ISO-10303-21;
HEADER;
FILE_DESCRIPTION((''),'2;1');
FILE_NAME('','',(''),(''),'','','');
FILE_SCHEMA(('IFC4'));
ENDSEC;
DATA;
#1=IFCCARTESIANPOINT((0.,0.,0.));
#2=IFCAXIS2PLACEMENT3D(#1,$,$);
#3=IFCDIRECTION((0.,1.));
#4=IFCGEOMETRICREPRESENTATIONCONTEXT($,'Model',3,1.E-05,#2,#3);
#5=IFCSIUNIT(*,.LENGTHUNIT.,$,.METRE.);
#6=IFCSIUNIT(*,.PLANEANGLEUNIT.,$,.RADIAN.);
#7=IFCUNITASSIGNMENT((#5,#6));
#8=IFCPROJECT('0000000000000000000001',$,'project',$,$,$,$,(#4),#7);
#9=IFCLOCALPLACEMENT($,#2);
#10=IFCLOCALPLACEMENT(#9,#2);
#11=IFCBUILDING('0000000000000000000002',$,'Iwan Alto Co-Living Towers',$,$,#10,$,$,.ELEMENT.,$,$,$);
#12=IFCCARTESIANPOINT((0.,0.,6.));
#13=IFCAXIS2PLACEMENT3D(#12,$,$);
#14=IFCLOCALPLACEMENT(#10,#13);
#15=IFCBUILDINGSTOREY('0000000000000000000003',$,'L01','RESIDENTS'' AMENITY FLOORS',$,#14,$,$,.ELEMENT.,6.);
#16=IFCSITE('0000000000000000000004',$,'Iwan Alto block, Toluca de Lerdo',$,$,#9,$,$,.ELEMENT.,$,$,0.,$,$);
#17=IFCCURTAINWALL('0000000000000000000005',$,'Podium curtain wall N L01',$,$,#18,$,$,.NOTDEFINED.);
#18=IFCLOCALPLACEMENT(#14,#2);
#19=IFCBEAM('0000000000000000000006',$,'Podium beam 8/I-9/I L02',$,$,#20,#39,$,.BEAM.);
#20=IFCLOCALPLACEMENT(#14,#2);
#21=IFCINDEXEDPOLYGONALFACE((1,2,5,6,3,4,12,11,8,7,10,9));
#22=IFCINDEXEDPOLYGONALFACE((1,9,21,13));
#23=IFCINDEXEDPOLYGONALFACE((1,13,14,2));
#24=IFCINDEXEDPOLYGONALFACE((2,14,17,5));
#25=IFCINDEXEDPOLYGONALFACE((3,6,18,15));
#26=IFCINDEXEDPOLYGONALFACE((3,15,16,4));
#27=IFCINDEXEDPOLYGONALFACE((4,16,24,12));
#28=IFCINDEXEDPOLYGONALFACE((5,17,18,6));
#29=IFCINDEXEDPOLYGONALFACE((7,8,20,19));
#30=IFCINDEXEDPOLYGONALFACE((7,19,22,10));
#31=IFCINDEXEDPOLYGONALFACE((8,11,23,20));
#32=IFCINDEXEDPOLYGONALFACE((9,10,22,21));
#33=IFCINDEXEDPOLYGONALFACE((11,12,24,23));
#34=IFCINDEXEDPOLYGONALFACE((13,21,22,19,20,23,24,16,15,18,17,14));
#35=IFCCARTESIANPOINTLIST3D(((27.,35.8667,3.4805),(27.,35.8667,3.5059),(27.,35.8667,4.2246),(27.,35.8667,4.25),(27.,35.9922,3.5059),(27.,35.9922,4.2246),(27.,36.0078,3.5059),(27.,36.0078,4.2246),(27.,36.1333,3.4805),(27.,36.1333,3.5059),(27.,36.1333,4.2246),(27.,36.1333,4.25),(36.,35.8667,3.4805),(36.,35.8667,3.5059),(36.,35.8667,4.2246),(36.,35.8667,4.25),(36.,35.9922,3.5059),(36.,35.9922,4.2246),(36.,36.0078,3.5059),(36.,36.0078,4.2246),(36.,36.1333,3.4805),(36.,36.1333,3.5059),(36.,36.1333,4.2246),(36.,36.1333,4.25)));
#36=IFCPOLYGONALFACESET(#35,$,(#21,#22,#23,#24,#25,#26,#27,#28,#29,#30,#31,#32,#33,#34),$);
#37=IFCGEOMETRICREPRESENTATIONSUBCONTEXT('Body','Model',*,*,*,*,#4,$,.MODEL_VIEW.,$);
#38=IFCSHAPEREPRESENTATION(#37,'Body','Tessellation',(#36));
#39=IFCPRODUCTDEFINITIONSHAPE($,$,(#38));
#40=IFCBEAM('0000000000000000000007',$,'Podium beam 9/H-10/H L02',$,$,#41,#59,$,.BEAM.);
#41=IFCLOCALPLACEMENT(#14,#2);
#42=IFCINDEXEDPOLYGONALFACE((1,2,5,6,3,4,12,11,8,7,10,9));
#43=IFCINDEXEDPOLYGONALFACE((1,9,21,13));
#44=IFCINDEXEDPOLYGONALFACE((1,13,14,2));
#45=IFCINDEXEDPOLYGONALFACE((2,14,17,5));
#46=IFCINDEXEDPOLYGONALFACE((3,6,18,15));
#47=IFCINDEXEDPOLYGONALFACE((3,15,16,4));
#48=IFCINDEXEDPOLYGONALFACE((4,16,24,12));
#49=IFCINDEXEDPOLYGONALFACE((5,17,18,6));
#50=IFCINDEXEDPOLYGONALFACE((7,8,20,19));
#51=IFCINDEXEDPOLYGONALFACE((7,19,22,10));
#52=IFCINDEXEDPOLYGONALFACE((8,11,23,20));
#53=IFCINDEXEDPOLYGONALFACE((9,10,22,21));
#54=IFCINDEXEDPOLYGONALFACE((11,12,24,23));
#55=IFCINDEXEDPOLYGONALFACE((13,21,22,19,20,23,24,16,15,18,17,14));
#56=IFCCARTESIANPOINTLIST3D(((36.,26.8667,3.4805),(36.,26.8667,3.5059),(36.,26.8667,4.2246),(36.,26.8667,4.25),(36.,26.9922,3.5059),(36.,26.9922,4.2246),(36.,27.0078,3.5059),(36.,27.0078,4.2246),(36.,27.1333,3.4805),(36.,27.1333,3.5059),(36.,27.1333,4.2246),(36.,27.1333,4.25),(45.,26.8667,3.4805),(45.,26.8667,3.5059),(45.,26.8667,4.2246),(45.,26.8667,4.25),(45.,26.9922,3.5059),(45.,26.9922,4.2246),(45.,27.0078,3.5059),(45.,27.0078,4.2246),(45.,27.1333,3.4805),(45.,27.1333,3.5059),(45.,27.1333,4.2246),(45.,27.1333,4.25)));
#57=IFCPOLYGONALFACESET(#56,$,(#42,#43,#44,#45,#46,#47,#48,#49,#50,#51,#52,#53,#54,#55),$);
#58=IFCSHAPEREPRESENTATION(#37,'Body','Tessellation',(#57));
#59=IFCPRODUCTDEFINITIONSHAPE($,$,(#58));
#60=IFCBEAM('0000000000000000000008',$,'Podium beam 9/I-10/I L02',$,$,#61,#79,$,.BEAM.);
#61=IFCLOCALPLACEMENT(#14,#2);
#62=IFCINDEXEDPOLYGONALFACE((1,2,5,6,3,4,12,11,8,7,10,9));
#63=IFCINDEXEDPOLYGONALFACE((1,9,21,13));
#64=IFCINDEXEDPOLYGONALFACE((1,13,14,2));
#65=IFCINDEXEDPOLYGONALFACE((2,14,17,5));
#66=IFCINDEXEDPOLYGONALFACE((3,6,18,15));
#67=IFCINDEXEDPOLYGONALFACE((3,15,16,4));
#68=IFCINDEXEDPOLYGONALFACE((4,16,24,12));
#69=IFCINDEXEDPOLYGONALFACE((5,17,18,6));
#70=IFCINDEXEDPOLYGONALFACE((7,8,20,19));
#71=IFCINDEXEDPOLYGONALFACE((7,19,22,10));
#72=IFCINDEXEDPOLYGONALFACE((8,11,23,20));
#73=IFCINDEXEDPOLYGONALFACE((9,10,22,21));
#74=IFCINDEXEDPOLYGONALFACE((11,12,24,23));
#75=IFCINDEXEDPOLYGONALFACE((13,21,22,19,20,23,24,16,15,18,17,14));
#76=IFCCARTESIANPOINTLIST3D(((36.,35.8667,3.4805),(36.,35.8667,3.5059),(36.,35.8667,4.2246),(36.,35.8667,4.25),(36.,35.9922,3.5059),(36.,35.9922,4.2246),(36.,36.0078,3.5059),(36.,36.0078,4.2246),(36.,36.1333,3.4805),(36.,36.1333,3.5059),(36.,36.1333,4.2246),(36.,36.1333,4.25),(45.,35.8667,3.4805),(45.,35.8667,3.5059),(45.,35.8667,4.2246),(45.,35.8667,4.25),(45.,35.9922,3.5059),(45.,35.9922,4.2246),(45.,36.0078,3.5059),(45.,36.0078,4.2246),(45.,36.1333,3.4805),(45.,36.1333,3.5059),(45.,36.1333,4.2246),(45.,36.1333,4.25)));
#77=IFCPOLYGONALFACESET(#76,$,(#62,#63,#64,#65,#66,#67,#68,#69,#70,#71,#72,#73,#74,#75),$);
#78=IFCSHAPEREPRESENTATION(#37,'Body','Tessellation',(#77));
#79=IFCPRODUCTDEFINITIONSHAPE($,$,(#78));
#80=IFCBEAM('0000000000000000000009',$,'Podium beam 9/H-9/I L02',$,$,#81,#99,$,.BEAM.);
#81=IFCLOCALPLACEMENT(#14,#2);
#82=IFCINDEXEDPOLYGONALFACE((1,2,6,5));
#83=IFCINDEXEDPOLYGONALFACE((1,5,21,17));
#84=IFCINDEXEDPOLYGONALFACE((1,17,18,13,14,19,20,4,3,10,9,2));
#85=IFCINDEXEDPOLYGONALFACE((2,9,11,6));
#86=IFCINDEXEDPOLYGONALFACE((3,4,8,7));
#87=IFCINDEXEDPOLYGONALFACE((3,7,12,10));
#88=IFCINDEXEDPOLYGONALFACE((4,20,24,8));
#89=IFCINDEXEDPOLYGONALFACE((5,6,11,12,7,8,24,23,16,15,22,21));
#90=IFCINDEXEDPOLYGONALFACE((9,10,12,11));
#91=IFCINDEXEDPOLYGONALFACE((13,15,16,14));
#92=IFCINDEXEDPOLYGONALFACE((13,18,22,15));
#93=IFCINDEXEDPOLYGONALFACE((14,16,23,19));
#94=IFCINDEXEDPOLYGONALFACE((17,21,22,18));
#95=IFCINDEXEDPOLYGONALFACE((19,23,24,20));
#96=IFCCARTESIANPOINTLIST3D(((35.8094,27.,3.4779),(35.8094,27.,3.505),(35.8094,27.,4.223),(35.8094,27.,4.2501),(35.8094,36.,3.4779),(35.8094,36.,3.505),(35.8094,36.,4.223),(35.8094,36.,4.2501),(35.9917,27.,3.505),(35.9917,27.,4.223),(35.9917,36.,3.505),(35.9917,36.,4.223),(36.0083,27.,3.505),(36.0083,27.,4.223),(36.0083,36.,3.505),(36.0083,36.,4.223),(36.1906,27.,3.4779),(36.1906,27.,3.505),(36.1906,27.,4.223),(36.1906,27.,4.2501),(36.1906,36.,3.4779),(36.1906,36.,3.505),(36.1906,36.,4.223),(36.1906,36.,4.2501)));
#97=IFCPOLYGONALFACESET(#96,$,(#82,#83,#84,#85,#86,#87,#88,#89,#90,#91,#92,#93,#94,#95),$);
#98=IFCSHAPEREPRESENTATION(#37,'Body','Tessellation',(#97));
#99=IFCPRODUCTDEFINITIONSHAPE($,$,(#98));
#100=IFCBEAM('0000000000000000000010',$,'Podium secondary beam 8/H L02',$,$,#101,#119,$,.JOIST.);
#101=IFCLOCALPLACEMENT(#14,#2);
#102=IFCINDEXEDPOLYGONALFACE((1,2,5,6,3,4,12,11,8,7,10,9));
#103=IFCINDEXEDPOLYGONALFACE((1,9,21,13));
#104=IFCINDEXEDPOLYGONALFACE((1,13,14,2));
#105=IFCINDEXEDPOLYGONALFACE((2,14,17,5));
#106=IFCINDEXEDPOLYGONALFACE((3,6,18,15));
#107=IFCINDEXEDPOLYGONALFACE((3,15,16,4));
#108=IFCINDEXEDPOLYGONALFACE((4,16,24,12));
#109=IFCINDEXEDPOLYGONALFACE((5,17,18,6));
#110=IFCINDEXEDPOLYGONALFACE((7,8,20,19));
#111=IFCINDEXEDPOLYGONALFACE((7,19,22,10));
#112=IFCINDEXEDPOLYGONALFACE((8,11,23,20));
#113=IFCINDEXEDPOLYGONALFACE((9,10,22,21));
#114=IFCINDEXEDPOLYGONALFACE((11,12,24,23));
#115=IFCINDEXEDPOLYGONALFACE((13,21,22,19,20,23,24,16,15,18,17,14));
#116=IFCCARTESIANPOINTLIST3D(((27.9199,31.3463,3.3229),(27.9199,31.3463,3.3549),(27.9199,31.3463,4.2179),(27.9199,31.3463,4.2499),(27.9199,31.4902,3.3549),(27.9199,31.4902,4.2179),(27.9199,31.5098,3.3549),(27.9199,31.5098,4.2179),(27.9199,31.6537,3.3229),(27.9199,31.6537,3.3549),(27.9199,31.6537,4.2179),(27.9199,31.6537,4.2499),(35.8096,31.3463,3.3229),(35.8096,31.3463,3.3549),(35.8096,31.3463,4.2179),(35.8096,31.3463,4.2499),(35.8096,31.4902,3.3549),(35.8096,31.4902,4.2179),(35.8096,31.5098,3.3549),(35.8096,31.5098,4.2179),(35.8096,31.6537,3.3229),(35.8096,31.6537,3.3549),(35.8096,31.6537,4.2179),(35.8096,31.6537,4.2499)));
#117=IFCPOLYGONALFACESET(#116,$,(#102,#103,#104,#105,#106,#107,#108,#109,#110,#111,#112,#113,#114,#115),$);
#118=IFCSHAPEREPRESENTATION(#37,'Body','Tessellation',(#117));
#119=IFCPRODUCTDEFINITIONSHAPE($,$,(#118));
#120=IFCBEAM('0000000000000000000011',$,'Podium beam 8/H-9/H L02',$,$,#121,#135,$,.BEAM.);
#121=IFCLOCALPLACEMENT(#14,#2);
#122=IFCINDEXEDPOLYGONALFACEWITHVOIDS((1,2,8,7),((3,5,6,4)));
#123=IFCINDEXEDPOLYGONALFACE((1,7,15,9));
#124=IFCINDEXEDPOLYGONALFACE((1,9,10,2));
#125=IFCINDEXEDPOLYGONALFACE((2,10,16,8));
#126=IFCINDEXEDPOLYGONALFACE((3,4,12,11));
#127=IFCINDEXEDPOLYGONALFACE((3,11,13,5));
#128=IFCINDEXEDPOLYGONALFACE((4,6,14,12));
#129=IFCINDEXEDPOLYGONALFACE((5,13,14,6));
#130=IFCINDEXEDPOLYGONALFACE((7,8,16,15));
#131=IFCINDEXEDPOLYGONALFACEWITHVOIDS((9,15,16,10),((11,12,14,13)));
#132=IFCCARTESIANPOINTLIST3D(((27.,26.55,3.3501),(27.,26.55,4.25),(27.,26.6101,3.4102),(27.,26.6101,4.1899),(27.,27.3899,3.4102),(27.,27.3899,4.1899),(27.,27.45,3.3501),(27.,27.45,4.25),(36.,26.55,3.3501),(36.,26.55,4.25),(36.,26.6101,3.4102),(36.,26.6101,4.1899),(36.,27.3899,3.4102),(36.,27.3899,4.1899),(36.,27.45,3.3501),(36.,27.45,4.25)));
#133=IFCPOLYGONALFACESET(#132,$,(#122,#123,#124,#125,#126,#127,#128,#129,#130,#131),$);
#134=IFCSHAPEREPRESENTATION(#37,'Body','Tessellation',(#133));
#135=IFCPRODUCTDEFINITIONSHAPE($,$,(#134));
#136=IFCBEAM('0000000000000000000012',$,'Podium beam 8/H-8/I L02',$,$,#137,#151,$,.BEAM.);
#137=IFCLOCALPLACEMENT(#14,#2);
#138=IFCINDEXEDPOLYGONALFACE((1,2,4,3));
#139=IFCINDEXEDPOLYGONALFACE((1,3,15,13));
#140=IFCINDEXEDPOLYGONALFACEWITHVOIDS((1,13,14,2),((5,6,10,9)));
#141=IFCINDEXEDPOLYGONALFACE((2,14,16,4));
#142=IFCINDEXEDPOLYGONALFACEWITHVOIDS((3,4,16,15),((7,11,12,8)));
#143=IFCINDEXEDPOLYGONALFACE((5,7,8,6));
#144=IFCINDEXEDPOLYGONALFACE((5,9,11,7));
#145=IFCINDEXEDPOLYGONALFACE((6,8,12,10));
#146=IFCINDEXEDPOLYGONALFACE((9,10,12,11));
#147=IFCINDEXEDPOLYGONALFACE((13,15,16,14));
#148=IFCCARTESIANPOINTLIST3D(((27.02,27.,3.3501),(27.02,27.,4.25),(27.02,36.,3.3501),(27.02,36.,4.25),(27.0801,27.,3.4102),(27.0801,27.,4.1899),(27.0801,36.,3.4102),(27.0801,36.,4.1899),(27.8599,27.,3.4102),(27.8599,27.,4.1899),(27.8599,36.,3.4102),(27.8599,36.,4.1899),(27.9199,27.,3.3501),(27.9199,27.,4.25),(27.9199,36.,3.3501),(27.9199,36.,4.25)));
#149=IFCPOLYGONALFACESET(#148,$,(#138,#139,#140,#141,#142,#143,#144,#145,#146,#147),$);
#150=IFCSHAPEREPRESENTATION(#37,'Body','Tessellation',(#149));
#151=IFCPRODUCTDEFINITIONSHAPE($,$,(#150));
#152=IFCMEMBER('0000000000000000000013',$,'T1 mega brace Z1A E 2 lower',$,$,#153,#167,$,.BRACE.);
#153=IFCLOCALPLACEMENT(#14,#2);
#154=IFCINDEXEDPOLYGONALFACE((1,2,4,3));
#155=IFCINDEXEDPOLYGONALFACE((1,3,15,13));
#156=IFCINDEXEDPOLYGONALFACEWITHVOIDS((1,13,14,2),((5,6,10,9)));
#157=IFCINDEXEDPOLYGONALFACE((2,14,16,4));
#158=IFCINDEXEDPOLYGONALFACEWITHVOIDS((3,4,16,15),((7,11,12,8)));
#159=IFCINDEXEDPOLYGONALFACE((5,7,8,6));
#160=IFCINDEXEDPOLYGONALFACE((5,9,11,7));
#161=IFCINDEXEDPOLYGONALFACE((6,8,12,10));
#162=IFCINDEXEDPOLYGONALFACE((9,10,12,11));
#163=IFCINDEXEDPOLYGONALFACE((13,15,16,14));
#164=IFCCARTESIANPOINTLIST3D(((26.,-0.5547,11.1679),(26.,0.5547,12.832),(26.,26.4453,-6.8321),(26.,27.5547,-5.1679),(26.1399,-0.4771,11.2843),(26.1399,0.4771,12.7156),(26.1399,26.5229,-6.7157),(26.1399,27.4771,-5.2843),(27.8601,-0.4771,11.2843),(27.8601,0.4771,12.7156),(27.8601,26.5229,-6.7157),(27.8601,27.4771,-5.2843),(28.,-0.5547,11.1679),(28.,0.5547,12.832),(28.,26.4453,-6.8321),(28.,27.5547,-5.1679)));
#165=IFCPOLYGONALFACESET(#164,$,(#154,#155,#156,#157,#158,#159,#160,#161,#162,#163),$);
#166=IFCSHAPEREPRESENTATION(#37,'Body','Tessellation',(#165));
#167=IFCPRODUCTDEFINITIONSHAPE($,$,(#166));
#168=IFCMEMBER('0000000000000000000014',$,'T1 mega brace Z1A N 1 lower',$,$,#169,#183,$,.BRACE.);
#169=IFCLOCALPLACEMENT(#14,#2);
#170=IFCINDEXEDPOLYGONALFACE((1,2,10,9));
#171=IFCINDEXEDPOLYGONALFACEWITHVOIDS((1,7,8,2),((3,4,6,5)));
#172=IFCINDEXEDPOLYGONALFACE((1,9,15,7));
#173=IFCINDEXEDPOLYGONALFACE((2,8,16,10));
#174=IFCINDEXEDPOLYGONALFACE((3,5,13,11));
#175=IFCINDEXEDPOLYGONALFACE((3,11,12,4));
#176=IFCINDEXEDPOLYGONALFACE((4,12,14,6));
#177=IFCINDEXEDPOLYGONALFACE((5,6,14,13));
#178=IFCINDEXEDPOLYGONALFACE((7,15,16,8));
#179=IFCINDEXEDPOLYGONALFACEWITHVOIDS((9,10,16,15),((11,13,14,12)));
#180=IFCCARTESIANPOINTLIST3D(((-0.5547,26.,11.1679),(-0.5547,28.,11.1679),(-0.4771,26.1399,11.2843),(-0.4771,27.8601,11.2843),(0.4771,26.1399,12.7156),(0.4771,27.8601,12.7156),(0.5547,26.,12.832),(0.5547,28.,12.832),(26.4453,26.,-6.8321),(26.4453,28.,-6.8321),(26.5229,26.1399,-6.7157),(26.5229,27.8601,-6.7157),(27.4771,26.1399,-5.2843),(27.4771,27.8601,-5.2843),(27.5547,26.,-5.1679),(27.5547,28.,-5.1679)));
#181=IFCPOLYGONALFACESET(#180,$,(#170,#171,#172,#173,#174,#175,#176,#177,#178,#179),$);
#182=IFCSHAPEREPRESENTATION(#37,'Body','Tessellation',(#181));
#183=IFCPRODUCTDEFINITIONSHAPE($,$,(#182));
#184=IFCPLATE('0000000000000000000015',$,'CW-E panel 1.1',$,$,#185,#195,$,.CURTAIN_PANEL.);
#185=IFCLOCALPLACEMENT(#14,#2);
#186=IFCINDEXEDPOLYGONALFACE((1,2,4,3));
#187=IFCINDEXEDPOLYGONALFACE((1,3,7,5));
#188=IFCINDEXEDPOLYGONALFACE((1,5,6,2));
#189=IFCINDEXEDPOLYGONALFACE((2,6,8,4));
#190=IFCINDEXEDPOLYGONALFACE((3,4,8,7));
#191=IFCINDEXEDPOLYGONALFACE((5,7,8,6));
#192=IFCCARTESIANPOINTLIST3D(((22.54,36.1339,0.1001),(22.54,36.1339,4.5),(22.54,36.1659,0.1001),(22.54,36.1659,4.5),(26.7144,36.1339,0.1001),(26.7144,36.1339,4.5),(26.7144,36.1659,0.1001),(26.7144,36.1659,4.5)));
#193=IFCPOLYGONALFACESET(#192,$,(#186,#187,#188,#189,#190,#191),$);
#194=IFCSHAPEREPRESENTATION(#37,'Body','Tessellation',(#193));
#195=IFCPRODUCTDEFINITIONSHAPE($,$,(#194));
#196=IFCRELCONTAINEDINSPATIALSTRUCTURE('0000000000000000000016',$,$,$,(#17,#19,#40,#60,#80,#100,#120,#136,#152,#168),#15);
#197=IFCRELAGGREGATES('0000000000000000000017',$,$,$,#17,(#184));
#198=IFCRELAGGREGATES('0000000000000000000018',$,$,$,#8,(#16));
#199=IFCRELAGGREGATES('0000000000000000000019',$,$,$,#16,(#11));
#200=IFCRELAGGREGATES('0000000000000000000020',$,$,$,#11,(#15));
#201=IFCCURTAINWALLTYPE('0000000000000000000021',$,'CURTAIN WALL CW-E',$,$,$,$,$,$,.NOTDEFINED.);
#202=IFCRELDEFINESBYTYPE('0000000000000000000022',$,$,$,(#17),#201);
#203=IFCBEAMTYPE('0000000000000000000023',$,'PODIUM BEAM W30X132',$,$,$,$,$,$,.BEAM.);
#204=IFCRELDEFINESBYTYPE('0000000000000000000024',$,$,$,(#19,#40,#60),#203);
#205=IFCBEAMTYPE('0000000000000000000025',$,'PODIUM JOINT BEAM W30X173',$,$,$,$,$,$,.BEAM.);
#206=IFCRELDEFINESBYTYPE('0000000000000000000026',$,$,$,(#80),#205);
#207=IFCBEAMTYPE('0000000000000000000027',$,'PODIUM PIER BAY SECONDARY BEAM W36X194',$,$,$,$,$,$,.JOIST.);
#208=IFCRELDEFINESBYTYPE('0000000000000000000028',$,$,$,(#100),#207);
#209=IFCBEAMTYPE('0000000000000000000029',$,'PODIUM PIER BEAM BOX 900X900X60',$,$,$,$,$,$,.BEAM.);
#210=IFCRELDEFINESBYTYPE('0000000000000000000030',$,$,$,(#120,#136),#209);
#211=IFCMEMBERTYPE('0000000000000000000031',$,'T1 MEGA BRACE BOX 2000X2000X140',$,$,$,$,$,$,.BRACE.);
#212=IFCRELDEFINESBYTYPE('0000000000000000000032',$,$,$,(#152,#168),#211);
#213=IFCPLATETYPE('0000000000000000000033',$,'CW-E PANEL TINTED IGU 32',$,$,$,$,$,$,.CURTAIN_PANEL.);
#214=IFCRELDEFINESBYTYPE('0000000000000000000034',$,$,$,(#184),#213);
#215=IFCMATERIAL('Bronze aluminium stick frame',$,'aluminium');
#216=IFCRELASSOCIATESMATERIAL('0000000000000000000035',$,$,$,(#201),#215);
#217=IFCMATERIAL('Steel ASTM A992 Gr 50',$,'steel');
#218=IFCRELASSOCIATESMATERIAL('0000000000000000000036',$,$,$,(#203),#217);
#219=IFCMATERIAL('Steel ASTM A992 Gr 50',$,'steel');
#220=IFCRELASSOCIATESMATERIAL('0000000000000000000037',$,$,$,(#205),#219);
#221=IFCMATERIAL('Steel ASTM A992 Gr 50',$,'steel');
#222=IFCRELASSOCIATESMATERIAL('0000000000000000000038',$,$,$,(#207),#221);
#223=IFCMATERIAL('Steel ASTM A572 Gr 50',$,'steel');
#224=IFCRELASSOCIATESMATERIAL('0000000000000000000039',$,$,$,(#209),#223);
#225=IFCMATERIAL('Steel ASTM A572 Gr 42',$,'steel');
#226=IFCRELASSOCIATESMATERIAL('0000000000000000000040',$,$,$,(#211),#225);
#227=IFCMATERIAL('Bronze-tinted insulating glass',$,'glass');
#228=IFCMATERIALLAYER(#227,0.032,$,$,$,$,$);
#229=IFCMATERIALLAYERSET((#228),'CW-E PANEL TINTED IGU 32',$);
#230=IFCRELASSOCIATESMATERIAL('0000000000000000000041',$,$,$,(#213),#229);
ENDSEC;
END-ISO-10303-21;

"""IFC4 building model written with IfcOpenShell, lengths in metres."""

from ifc_helpers import new_model, si_unit, direction, frame, origin, origin_2d, place, context, subcontext, project, spatial, rectangle, hollow_rectangle, i_section, extrude, material, layer, layer_set, material_profile, profile_set, type_object, element, aggregate, save


model = new_model("IFC4")

# Units and contexts
model_context = context("Model", 3, precision=1e-05, world=origin(), true_north=direction((0.0, 1.0)))
body_context = subcontext(model_context, "Body", "Model", "MODEL_VIEW")
ifc_project = project(units=[si_unit("LENGTHUNIT", "METRE"), si_unit("PLANEANGLEUNIT", "RADIAN")], contexts=[model_context])

# Site, building, storey
site_placement = place(None, origin())
site = spatial("IfcSite", under=ifc_project, at=site_placement, Name="Iwan Alto block, Toluca de Lerdo", CompositionType="ELEMENT", RefElevation=0.0)
building_placement = place(site_placement, origin())
building = spatial("IfcBuilding", under=site, at=building_placement, Name="Iwan Alto Co-Living Towers", CompositionType="ELEMENT")
storey_placement = place(building_placement, frame((0.0, 0.0, 6.0)))
storey = spatial("IfcBuildingStorey", under=building, at=storey_placement, Name="L01", Description="RESIDENTS' AMENITY FLOORS", CompositionType="ELEMENT", Elevation=6.0)

# Curtain wall
ifc_material_1 = material(Name="Bronze aluminium stick frame", Category="aluminium")
curtain_wall_type = type_object("IfcCurtainWallType", Name="CURTAIN WALL CW-E", PredefinedType="NOTDEFINED", material=ifc_material_1)
curtain_wall_1_placement = place(storey_placement, origin())
curtain_wall_1 = element("IfcCurtainWall", 1, at=curtain_wall_1_placement, inside=storey, type_object=curtain_wall_type, Name="Podium curtain wall N L01", PredefinedType="NOTDEFINED")

# Beams
ifc_material_2 = material(Name="Steel ASTM A992 Gr 50", Category="steel")
ifc_material_profile_1 = material_profile(ifc_material_2, i_section(OverallWidth=0.2666, OverallDepth=0.7695, WebThickness=0.0156, FlangeThickness=0.0254, at=origin_2d()), Name="W30X132")
ifc_profile_set_1 = profile_set([ifc_material_profile_1], Name="Steel ASTM A992 Gr 50")
beam_type_1 = type_object("IfcBeamType", Name="PODIUM BEAM W30X132", PredefinedType="BEAM", material=ifc_profile_set_1)
for number, where, z_axis, x_axis, name in (
    (2, (27.0, 36.0, 3.8652), (1.0, 0.0, 0.0), (0.0, 1.0, 0.0), "Podium beam 8/I-9/I L02"),
    (3, (36.0, 27.0, 3.8652), (1.0, 0.0, 0.0), (0.0, 1.0, 0.0), "Podium beam 9/H-10/H L02"),
    (4, (36.0, 36.0, 3.8652), (1.0, 0.0, 0.0), (0.0, 1.0, 0.0), "Podium beam 9/I-10/I L02"),
):
    element("IfcBeam", number, at=place(storey_placement, frame(where, z_axis=z_axis, x_axis=x_axis)), inside=storey, type_object=beam_type_1, Name=name, PredefinedType="BEAM", context=body_context, shape_type="SweptSolid", body=[
        extrude(i_section(OverallWidth=0.2666, OverallDepth=0.7695, WebThickness=0.0156, FlangeThickness=0.0254, at=origin_2d()), origin(), (0.0, 0.0, 1.0), 9.0),
    ])
ifc_material_3 = material(Name="Steel ASTM A992 Gr 50", Category="steel")
ifc_material_profile_2 = material_profile(ifc_material_3, i_section(OverallWidth=0.3811, OverallDepth=0.7722, WebThickness=0.0166, FlangeThickness=0.0271, at=origin_2d()), Name="W30X173")
ifc_profile_set_2 = profile_set([ifc_material_profile_2], Name="Steel ASTM A992 Gr 50")
beam_type_2 = type_object("IfcBeamType", Name="PODIUM JOINT BEAM W30X173", PredefinedType="BEAM", material=ifc_profile_set_2)
beam_1_placement = place(storey_placement, frame((36.0, 27.0, 3.864), z_axis=(0.0, 1.0, 0.0), x_axis=(-1.0, 0.0, 0.0)))
element("IfcBeam", 5, at=beam_1_placement, inside=storey, type_object=beam_type_2, Name="Podium beam 9/H-9/I L02", PredefinedType="BEAM", context=body_context, shape_type="SweptSolid", body=[
    extrude(i_section(OverallWidth=0.3811, OverallDepth=0.7722, WebThickness=0.0166, FlangeThickness=0.0271, at=origin_2d()), origin(), (0.0, 0.0, 1.0), 9.0),
])
ifc_material_4 = material(Name="Steel ASTM A992 Gr 50", Category="steel")
ifc_material_profile_3 = material_profile(ifc_material_4, i_section(OverallWidth=0.3074, OverallDepth=0.927, WebThickness=0.0195, FlangeThickness=0.032, at=origin_2d()), Name="W36X194")
ifc_profile_set_3 = profile_set([ifc_material_profile_3], Name="Steel ASTM A992 Gr 50")
beam_type_3 = type_object("IfcBeamType", Name="PODIUM PIER BAY SECONDARY BEAM W36X194", PredefinedType="JOIST", material=ifc_profile_set_3)
beam_2_placement = place(storey_placement, frame((27.9199, 31.5, 3.7864), z_axis=(1.0, 0.0, 0.0), x_axis=(0.0, 1.0, 0.0)))
element("IfcBeam", 6, at=beam_2_placement, inside=storey, type_object=beam_type_3, Name="Podium secondary beam 8/H L02", PredefinedType="JOIST", context=body_context, shape_type="SweptSolid", body=[
    extrude(i_section(OverallWidth=0.3074, OverallDepth=0.927, WebThickness=0.0195, FlangeThickness=0.032, at=origin_2d()), origin(), (0.0, 0.0, 1.0), 7.8896),
])
ifc_material_5 = material(Name="Steel ASTM A572 Gr 50", Category="steel")
ifc_material_profile_4 = material_profile(ifc_material_5, hollow_rectangle(XDim=0.8999, YDim=0.8999, WallThickness=0.0601, at=origin_2d()), Name="BOX 900X900X60")
ifc_profile_set_4 = profile_set([ifc_material_profile_4], Name="Steel ASTM A572 Gr 50")
beam_type_4 = type_object("IfcBeamType", Name="PODIUM PIER BEAM BOX 900X900X60", PredefinedType="BEAM", material=ifc_profile_set_4)
for number, where, z_axis, x_axis, name in (
    (7, (27.0, 27.0, 3.8), (1.0, 0.0, 0.0), (0.0, 1.0, 0.0), "Podium beam 8/H-9/H L02"),
    (8, (27.47, 27.0, 3.8), (0.0, 1.0, 0.0), (-1.0, 0.0, 0.0), "Podium beam 8/H-8/I L02"),
):
    element("IfcBeam", number, at=place(storey_placement, frame(where, z_axis=z_axis, x_axis=x_axis)), inside=storey, type_object=beam_type_4, Name=name, PredefinedType="BEAM", context=body_context, shape_type="SweptSolid", body=[
        extrude(hollow_rectangle(XDim=0.8999, YDim=0.8999, WallThickness=0.0601, at=origin_2d()), origin(), (0.0, 0.0, 1.0), 9.0),
    ])

# Members
ifc_material_6 = material(Name="Steel ASTM A572 Gr 42", Category="steel")
ifc_material_profile_5 = material_profile(ifc_material_6, hollow_rectangle(XDim=2.0, YDim=2.0, WallThickness=0.1399, at=origin_2d()), Name="BOX 2000X2000X140")
ifc_profile_set_5 = profile_set([ifc_material_profile_5], Name="Steel ASTM A572 Gr 42")
member_type_1 = type_object("IfcMemberType", Name="T1 MEGA BRACE BOX 2000X2000X140", PredefinedType="BRACE", material=ifc_profile_set_5)
for number, where, z_axis, x_axis, name in (
    (9, (27.0, 27.0, -6.0), (0.0, -0.83205, 0.5547), (1.0, 0.0, 0.0), "T1 mega brace Z1A E 2 lower"),
    (10, (27.0, 27.0, -6.0), (-0.83205, 0.0, 0.5547), (0.0, -1.0, 0.0), "T1 mega brace Z1A N 1 lower"),
):
    element("IfcMember", number, at=place(storey_placement, frame(where, z_axis=z_axis, x_axis=x_axis)), inside=storey, type_object=member_type_1, Name=name, PredefinedType="BRACE", context=body_context, shape_type="SweptSolid", body=[
        extrude(hollow_rectangle(XDim=2.0, YDim=2.0, WallThickness=0.1399, at=origin_2d()), origin(), (0.0, 0.0, 1.0), 32.45),
    ])

# Plate
ifc_material_7 = material(Name="Bronze-tinted insulating glass", Category="glass")
ifc_layer_1 = layer(ifc_material_7, 0.032)
ifc_layer_set_1 = layer_set([ifc_layer_1], Name="CW-E PANEL TINTED IGU 32")
plate_type = type_object("IfcPlateType", Name="CW-E PANEL TINTED IGU 32", PredefinedType="CURTAIN_PANEL", material=ifc_layer_set_1)
plate_1_placement = place(storey_placement, frame((24.6272, 36.1499, 0.1001), z_axis=(0.0, 0.0, 1.0), x_axis=(-1.0, 0.0, 0.0)))
plate_1 = element("IfcPlate", 11, at=plate_1_placement, type_object=plate_type, Name="CW-E panel 1.1", PredefinedType="CURTAIN_PANEL", context=body_context, shape_type="SweptSolid", body=[
    extrude(rectangle(XDim=4.1743, YDim=0.032, at=origin_2d()), origin(), (0.0, 0.0, 1.0), 4.3999),
])
aggregate(curtain_wall_1, [plate_1])

save(model, "model.ifc")
